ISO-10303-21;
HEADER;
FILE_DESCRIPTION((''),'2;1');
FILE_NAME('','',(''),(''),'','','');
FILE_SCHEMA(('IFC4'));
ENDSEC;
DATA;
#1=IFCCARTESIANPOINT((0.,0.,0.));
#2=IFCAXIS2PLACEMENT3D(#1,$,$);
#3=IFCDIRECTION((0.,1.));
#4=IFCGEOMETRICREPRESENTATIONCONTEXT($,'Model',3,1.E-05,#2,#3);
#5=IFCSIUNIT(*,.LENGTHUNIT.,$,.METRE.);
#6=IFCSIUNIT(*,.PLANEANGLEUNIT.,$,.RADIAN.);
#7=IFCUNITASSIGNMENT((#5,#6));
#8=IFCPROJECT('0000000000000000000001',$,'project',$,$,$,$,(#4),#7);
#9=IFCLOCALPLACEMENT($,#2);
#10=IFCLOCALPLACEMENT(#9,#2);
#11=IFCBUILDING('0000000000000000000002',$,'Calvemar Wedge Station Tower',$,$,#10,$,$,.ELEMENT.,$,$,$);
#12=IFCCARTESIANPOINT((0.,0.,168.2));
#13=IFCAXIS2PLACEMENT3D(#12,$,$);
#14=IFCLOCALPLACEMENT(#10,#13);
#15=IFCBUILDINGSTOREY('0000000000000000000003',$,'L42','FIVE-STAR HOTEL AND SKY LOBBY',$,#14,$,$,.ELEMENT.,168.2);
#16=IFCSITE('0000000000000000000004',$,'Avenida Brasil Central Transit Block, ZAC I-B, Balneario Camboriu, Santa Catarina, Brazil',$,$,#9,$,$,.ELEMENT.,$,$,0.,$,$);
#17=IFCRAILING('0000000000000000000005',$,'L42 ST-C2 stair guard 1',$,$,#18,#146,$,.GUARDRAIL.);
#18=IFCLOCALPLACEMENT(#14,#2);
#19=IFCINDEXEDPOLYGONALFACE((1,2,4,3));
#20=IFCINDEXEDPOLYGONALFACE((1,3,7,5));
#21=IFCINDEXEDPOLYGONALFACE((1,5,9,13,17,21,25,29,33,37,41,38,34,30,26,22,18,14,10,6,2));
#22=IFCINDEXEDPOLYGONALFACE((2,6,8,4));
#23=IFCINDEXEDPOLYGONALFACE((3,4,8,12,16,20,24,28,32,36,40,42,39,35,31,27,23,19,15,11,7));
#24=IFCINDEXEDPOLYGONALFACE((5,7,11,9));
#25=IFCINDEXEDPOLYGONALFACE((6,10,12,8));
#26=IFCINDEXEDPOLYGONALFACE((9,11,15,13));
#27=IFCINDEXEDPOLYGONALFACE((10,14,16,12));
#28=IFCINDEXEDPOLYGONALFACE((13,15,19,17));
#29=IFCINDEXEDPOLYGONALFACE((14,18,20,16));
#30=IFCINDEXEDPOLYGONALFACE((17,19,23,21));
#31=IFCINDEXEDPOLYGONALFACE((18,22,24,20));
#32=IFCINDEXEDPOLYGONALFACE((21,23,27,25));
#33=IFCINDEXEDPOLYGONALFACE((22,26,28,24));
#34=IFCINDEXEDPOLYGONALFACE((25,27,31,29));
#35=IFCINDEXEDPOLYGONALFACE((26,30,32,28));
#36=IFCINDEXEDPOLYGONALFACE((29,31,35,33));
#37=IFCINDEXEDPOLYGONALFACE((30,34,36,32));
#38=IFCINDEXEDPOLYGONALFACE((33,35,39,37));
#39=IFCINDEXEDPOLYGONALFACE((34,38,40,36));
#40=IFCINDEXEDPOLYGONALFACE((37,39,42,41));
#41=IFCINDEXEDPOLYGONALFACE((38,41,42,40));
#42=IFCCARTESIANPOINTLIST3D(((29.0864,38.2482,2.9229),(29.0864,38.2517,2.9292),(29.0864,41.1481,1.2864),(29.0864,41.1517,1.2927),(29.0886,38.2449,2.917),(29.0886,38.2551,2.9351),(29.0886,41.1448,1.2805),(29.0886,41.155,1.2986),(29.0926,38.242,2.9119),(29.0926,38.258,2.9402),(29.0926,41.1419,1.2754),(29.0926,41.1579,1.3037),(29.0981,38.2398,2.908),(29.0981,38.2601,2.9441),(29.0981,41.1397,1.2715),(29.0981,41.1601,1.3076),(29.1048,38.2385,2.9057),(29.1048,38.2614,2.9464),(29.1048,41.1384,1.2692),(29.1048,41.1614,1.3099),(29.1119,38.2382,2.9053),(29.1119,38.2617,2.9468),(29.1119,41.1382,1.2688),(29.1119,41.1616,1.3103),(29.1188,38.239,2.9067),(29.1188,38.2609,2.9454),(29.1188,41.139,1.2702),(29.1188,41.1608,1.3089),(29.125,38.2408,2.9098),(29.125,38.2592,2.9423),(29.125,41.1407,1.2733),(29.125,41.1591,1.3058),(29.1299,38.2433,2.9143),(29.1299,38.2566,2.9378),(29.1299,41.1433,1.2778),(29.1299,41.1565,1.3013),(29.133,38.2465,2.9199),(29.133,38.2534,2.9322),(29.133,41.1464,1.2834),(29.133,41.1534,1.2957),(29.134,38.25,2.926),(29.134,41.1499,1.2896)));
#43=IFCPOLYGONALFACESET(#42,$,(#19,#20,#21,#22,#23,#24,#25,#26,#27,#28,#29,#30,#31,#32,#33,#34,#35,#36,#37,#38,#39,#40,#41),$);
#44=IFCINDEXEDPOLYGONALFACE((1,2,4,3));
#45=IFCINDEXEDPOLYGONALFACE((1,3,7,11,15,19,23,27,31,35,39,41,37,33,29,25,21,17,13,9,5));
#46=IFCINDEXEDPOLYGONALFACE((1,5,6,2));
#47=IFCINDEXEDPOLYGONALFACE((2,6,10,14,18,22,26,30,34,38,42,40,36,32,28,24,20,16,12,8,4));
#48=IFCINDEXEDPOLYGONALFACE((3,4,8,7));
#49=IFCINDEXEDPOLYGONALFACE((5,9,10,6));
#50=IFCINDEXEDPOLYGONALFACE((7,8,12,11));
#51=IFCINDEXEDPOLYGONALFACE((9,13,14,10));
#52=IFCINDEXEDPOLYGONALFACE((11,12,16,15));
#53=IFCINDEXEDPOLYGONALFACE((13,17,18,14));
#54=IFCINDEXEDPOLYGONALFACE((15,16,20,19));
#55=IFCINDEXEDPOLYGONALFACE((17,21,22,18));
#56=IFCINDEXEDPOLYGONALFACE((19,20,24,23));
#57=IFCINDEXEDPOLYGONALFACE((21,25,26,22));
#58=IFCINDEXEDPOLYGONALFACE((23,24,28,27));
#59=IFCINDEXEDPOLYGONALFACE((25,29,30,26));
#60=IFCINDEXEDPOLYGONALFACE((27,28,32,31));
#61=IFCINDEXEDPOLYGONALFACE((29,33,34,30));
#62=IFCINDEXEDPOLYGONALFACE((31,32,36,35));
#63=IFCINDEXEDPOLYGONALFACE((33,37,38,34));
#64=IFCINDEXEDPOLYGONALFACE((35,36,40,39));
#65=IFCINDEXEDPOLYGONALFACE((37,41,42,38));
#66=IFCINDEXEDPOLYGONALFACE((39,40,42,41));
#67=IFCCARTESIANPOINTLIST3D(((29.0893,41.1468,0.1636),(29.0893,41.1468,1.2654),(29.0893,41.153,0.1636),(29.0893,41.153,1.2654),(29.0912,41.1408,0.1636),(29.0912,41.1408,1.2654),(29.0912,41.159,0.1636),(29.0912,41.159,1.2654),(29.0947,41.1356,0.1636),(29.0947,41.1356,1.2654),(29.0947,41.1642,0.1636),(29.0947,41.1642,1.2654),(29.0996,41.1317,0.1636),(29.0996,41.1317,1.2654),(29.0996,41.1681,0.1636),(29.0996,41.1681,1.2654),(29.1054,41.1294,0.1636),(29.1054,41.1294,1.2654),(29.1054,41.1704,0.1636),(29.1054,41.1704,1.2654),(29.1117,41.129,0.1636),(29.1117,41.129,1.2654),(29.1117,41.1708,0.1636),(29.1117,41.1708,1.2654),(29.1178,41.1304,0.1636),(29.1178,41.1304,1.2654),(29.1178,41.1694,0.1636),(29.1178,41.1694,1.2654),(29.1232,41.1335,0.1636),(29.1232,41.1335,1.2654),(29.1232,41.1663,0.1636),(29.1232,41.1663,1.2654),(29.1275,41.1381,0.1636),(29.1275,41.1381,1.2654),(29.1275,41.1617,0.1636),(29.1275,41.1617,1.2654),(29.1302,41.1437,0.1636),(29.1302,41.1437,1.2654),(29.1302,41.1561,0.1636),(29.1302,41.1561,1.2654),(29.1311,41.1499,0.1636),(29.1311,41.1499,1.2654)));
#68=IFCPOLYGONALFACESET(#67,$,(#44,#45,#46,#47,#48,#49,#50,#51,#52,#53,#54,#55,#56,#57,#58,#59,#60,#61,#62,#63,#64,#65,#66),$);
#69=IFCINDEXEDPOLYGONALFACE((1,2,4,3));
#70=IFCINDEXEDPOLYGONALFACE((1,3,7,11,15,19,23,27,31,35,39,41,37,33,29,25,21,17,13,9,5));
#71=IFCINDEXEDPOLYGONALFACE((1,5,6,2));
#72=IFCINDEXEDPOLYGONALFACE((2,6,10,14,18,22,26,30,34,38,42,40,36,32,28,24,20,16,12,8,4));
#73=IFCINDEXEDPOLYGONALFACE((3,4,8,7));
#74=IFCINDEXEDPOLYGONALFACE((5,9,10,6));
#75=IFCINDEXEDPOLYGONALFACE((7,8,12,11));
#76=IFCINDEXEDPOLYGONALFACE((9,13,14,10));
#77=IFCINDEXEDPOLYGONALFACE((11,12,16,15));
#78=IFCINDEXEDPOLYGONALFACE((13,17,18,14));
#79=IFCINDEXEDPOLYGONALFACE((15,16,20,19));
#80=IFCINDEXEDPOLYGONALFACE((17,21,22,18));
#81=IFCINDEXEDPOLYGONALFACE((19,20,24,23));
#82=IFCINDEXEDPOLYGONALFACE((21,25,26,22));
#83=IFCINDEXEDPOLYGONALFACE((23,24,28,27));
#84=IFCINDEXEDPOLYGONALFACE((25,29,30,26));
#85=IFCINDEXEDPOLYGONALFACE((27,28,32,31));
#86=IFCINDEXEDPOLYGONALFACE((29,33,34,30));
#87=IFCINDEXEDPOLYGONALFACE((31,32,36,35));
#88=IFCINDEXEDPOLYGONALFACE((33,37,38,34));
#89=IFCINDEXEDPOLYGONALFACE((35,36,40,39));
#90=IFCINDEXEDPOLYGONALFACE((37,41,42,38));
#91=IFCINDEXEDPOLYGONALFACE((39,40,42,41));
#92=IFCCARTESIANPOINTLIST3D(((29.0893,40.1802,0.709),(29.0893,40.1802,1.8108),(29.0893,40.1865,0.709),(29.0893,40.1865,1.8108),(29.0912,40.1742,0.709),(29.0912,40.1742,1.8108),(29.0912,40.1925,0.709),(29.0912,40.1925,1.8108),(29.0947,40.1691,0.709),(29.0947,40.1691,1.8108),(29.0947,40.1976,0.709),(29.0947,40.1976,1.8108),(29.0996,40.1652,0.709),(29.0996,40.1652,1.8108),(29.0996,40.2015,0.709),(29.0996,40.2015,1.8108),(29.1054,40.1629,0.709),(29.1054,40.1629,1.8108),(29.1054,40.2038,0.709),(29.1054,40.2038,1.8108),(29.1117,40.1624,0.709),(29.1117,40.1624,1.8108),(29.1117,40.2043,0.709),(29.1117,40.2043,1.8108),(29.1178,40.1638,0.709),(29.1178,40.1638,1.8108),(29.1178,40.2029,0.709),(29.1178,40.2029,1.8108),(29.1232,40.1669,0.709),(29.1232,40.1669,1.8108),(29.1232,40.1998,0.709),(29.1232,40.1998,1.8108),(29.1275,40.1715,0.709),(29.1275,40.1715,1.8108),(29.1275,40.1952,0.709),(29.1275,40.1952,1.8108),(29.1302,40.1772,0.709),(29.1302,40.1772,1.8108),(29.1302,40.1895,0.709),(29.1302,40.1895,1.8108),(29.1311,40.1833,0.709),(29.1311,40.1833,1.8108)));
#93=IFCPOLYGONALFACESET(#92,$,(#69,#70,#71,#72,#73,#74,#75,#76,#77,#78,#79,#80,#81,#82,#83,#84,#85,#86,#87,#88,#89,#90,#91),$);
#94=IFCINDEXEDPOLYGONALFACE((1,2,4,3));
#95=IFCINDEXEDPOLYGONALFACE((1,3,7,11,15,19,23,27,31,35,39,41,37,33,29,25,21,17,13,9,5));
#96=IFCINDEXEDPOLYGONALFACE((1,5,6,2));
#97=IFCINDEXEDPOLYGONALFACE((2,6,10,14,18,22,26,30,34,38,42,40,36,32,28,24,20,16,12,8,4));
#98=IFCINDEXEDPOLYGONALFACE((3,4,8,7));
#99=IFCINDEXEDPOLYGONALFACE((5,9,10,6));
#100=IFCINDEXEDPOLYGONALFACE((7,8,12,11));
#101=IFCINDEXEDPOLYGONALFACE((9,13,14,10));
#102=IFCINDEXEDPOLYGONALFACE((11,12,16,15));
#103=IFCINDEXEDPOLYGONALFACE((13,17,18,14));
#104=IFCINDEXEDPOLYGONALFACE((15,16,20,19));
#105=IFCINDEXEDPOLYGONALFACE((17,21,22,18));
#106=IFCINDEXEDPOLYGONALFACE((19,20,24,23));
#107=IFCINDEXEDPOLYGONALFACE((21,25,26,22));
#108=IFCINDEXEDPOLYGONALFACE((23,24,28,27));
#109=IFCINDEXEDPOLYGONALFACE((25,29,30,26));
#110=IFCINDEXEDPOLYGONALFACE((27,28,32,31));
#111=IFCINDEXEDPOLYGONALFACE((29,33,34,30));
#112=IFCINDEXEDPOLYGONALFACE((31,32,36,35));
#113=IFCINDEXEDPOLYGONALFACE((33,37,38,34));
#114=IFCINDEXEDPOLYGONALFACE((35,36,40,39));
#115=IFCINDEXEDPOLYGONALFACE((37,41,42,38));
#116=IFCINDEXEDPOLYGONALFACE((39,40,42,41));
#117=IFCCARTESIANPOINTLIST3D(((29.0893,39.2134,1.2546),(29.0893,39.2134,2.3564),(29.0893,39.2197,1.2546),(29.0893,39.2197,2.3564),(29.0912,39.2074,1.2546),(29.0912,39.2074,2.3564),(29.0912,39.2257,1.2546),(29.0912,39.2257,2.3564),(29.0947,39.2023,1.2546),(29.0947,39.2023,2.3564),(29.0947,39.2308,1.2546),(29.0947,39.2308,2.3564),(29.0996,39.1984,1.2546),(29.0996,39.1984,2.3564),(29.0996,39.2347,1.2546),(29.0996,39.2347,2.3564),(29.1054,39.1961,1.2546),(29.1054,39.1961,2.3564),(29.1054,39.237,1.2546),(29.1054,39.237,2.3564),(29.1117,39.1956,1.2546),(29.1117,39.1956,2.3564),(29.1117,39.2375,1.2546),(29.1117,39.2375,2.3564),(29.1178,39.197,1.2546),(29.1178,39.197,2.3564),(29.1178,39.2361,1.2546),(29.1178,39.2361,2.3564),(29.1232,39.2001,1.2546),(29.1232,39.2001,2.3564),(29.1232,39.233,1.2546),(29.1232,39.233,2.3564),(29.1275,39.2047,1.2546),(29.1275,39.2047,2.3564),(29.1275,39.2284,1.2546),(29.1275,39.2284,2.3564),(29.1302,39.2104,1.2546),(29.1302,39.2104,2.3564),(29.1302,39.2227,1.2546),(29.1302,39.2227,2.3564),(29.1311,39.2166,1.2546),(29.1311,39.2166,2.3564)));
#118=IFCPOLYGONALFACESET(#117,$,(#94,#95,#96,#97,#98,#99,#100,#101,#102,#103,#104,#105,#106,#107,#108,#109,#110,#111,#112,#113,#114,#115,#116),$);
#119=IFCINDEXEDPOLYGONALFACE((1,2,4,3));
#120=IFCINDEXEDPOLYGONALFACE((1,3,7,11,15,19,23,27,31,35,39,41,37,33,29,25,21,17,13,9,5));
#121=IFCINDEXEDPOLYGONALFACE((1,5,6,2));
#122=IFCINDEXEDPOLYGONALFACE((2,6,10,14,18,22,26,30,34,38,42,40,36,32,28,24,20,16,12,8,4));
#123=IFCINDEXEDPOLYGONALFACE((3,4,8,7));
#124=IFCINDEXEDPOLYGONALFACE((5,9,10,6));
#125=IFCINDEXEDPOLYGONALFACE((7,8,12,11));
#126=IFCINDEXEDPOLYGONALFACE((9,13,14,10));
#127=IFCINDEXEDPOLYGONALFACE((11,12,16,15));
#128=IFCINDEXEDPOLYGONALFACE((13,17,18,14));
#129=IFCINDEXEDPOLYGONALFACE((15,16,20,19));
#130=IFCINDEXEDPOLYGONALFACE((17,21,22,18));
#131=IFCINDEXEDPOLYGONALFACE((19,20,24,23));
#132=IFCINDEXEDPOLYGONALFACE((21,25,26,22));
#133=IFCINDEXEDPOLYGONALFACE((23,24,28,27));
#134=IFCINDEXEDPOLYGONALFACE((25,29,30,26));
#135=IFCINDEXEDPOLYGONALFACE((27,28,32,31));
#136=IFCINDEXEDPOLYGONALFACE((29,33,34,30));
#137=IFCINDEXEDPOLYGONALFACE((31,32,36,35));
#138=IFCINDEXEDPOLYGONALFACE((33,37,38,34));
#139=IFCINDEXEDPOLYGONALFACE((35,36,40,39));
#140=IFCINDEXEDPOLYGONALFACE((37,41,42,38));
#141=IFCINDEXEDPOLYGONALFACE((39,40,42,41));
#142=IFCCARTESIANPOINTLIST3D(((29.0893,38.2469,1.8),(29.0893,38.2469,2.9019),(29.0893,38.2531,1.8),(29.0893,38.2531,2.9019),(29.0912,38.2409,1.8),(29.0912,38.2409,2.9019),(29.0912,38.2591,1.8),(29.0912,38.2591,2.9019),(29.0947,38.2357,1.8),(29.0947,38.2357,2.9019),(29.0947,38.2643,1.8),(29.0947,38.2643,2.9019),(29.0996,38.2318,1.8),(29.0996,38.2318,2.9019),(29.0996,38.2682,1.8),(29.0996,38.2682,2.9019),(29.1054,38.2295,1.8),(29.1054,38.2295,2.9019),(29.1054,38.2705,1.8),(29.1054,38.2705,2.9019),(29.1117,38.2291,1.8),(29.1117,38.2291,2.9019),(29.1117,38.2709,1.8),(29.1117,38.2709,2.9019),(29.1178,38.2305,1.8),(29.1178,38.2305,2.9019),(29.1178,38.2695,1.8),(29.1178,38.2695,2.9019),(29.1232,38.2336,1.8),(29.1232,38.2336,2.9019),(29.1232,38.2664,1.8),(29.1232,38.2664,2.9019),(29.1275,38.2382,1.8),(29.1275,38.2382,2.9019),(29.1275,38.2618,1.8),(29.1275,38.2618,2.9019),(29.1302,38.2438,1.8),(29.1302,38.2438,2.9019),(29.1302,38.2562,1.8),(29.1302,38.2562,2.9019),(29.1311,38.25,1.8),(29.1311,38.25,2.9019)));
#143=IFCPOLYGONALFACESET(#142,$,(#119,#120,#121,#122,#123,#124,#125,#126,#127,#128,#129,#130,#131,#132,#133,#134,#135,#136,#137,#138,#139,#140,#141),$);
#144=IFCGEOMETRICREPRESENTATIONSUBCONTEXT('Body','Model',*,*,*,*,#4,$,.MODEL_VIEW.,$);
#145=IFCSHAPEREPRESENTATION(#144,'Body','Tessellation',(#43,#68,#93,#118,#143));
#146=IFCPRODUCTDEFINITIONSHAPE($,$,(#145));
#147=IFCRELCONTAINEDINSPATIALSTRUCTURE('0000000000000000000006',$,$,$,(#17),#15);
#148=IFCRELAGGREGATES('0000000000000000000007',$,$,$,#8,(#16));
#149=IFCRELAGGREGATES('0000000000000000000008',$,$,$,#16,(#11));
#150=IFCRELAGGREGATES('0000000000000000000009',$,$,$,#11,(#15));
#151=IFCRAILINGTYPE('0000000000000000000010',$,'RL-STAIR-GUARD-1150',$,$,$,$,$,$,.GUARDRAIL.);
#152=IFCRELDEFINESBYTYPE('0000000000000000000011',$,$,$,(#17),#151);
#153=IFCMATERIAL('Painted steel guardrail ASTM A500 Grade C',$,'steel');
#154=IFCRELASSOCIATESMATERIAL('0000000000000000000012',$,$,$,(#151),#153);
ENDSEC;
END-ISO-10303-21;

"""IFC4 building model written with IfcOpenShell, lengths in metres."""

from ifc_helpers import new_model, si_unit, direction, frame, origin, origin_2d, place, context, subcontext, project, spatial, circle, extrude, material, type_object, element, save


model = new_model("IFC4")

# Units and contexts
model_context = context("Model", 3, precision=1e-05, world=origin(), true_north=direction((0.0, 1.0)))
body_context = subcontext(model_context, "Body", "Model", "MODEL_VIEW")
ifc_project = project(units=[si_unit("LENGTHUNIT", "METRE"), si_unit("PLANEANGLEUNIT", "RADIAN")], contexts=[model_context])

# Site, building, storey
site_placement = place(None, origin())
site = spatial("IfcSite", under=ifc_project, at=site_placement, Name="Avenida Brasil Central Transit Block, ZAC I-B, Balneario Camboriu, Santa Catarina, Brazil", CompositionType="ELEMENT", RefElevation=0.0)
building_placement = place(site_placement, origin())
building = spatial("IfcBuilding", under=site, at=building_placement, Name="Calvemar Wedge Station Tower", CompositionType="ELEMENT")
storey_placement = place(building_placement, frame((0.0, 0.0, 168.2)))
storey = spatial("IfcBuildingStorey", under=building, at=storey_placement, Name="L42", Description="FIVE-STAR HOTEL AND SKY LOBBY", CompositionType="ELEMENT", Elevation=168.2)

# Railing
ifc_material_1 = material(Name="Painted steel guardrail ASTM A500 Grade C", Category="steel")
railing_type_1 = type_object("IfcRailingType", Name="RL-STAIR-GUARD-1150", PredefinedType="GUARDRAIL", material=ifc_material_1)
railing_1_placement = place(storey_placement, frame((29.1101, 41.1499, 0.1636)))
element("IfcRailing", 1, at=railing_1_placement, inside=storey, type_object=railing_type_1, Name="L42 ST-C2 stair guard 1", PredefinedType="GUARDRAIL", context=body_context, shape_type="SweptSolid", body=[
    extrude(circle(Radius=0.0239, at=origin_2d()), frame((0.0, 0.0, 1.126), z_axis=(0.0, -0.870897, 0.491465), x_axis=(1.0, 0.0, 0.0)), (0.0, 0.0, 1.0), 3.3298),
    extrude(circle(Radius=0.021, at=origin_2d()), origin(), (0.0, 0.0, 1.0), 1.1018),
    extrude(circle(Radius=0.021, at=origin_2d()), frame((0.0, -0.9666, 0.5454)), (0.0, 0.0, 1.0), 1.1018),
    extrude(circle(Radius=0.021, at=origin_2d()), frame((0.0, -1.9333, 1.0911)), (0.0, 0.0, 1.0), 1.1018),
    extrude(circle(Radius=0.021, at=origin_2d()), frame((0.0, -2.8999, 1.6365)), (0.0, 0.0, 1.0), 1.1018),
])

save(model, "model.ifc")
